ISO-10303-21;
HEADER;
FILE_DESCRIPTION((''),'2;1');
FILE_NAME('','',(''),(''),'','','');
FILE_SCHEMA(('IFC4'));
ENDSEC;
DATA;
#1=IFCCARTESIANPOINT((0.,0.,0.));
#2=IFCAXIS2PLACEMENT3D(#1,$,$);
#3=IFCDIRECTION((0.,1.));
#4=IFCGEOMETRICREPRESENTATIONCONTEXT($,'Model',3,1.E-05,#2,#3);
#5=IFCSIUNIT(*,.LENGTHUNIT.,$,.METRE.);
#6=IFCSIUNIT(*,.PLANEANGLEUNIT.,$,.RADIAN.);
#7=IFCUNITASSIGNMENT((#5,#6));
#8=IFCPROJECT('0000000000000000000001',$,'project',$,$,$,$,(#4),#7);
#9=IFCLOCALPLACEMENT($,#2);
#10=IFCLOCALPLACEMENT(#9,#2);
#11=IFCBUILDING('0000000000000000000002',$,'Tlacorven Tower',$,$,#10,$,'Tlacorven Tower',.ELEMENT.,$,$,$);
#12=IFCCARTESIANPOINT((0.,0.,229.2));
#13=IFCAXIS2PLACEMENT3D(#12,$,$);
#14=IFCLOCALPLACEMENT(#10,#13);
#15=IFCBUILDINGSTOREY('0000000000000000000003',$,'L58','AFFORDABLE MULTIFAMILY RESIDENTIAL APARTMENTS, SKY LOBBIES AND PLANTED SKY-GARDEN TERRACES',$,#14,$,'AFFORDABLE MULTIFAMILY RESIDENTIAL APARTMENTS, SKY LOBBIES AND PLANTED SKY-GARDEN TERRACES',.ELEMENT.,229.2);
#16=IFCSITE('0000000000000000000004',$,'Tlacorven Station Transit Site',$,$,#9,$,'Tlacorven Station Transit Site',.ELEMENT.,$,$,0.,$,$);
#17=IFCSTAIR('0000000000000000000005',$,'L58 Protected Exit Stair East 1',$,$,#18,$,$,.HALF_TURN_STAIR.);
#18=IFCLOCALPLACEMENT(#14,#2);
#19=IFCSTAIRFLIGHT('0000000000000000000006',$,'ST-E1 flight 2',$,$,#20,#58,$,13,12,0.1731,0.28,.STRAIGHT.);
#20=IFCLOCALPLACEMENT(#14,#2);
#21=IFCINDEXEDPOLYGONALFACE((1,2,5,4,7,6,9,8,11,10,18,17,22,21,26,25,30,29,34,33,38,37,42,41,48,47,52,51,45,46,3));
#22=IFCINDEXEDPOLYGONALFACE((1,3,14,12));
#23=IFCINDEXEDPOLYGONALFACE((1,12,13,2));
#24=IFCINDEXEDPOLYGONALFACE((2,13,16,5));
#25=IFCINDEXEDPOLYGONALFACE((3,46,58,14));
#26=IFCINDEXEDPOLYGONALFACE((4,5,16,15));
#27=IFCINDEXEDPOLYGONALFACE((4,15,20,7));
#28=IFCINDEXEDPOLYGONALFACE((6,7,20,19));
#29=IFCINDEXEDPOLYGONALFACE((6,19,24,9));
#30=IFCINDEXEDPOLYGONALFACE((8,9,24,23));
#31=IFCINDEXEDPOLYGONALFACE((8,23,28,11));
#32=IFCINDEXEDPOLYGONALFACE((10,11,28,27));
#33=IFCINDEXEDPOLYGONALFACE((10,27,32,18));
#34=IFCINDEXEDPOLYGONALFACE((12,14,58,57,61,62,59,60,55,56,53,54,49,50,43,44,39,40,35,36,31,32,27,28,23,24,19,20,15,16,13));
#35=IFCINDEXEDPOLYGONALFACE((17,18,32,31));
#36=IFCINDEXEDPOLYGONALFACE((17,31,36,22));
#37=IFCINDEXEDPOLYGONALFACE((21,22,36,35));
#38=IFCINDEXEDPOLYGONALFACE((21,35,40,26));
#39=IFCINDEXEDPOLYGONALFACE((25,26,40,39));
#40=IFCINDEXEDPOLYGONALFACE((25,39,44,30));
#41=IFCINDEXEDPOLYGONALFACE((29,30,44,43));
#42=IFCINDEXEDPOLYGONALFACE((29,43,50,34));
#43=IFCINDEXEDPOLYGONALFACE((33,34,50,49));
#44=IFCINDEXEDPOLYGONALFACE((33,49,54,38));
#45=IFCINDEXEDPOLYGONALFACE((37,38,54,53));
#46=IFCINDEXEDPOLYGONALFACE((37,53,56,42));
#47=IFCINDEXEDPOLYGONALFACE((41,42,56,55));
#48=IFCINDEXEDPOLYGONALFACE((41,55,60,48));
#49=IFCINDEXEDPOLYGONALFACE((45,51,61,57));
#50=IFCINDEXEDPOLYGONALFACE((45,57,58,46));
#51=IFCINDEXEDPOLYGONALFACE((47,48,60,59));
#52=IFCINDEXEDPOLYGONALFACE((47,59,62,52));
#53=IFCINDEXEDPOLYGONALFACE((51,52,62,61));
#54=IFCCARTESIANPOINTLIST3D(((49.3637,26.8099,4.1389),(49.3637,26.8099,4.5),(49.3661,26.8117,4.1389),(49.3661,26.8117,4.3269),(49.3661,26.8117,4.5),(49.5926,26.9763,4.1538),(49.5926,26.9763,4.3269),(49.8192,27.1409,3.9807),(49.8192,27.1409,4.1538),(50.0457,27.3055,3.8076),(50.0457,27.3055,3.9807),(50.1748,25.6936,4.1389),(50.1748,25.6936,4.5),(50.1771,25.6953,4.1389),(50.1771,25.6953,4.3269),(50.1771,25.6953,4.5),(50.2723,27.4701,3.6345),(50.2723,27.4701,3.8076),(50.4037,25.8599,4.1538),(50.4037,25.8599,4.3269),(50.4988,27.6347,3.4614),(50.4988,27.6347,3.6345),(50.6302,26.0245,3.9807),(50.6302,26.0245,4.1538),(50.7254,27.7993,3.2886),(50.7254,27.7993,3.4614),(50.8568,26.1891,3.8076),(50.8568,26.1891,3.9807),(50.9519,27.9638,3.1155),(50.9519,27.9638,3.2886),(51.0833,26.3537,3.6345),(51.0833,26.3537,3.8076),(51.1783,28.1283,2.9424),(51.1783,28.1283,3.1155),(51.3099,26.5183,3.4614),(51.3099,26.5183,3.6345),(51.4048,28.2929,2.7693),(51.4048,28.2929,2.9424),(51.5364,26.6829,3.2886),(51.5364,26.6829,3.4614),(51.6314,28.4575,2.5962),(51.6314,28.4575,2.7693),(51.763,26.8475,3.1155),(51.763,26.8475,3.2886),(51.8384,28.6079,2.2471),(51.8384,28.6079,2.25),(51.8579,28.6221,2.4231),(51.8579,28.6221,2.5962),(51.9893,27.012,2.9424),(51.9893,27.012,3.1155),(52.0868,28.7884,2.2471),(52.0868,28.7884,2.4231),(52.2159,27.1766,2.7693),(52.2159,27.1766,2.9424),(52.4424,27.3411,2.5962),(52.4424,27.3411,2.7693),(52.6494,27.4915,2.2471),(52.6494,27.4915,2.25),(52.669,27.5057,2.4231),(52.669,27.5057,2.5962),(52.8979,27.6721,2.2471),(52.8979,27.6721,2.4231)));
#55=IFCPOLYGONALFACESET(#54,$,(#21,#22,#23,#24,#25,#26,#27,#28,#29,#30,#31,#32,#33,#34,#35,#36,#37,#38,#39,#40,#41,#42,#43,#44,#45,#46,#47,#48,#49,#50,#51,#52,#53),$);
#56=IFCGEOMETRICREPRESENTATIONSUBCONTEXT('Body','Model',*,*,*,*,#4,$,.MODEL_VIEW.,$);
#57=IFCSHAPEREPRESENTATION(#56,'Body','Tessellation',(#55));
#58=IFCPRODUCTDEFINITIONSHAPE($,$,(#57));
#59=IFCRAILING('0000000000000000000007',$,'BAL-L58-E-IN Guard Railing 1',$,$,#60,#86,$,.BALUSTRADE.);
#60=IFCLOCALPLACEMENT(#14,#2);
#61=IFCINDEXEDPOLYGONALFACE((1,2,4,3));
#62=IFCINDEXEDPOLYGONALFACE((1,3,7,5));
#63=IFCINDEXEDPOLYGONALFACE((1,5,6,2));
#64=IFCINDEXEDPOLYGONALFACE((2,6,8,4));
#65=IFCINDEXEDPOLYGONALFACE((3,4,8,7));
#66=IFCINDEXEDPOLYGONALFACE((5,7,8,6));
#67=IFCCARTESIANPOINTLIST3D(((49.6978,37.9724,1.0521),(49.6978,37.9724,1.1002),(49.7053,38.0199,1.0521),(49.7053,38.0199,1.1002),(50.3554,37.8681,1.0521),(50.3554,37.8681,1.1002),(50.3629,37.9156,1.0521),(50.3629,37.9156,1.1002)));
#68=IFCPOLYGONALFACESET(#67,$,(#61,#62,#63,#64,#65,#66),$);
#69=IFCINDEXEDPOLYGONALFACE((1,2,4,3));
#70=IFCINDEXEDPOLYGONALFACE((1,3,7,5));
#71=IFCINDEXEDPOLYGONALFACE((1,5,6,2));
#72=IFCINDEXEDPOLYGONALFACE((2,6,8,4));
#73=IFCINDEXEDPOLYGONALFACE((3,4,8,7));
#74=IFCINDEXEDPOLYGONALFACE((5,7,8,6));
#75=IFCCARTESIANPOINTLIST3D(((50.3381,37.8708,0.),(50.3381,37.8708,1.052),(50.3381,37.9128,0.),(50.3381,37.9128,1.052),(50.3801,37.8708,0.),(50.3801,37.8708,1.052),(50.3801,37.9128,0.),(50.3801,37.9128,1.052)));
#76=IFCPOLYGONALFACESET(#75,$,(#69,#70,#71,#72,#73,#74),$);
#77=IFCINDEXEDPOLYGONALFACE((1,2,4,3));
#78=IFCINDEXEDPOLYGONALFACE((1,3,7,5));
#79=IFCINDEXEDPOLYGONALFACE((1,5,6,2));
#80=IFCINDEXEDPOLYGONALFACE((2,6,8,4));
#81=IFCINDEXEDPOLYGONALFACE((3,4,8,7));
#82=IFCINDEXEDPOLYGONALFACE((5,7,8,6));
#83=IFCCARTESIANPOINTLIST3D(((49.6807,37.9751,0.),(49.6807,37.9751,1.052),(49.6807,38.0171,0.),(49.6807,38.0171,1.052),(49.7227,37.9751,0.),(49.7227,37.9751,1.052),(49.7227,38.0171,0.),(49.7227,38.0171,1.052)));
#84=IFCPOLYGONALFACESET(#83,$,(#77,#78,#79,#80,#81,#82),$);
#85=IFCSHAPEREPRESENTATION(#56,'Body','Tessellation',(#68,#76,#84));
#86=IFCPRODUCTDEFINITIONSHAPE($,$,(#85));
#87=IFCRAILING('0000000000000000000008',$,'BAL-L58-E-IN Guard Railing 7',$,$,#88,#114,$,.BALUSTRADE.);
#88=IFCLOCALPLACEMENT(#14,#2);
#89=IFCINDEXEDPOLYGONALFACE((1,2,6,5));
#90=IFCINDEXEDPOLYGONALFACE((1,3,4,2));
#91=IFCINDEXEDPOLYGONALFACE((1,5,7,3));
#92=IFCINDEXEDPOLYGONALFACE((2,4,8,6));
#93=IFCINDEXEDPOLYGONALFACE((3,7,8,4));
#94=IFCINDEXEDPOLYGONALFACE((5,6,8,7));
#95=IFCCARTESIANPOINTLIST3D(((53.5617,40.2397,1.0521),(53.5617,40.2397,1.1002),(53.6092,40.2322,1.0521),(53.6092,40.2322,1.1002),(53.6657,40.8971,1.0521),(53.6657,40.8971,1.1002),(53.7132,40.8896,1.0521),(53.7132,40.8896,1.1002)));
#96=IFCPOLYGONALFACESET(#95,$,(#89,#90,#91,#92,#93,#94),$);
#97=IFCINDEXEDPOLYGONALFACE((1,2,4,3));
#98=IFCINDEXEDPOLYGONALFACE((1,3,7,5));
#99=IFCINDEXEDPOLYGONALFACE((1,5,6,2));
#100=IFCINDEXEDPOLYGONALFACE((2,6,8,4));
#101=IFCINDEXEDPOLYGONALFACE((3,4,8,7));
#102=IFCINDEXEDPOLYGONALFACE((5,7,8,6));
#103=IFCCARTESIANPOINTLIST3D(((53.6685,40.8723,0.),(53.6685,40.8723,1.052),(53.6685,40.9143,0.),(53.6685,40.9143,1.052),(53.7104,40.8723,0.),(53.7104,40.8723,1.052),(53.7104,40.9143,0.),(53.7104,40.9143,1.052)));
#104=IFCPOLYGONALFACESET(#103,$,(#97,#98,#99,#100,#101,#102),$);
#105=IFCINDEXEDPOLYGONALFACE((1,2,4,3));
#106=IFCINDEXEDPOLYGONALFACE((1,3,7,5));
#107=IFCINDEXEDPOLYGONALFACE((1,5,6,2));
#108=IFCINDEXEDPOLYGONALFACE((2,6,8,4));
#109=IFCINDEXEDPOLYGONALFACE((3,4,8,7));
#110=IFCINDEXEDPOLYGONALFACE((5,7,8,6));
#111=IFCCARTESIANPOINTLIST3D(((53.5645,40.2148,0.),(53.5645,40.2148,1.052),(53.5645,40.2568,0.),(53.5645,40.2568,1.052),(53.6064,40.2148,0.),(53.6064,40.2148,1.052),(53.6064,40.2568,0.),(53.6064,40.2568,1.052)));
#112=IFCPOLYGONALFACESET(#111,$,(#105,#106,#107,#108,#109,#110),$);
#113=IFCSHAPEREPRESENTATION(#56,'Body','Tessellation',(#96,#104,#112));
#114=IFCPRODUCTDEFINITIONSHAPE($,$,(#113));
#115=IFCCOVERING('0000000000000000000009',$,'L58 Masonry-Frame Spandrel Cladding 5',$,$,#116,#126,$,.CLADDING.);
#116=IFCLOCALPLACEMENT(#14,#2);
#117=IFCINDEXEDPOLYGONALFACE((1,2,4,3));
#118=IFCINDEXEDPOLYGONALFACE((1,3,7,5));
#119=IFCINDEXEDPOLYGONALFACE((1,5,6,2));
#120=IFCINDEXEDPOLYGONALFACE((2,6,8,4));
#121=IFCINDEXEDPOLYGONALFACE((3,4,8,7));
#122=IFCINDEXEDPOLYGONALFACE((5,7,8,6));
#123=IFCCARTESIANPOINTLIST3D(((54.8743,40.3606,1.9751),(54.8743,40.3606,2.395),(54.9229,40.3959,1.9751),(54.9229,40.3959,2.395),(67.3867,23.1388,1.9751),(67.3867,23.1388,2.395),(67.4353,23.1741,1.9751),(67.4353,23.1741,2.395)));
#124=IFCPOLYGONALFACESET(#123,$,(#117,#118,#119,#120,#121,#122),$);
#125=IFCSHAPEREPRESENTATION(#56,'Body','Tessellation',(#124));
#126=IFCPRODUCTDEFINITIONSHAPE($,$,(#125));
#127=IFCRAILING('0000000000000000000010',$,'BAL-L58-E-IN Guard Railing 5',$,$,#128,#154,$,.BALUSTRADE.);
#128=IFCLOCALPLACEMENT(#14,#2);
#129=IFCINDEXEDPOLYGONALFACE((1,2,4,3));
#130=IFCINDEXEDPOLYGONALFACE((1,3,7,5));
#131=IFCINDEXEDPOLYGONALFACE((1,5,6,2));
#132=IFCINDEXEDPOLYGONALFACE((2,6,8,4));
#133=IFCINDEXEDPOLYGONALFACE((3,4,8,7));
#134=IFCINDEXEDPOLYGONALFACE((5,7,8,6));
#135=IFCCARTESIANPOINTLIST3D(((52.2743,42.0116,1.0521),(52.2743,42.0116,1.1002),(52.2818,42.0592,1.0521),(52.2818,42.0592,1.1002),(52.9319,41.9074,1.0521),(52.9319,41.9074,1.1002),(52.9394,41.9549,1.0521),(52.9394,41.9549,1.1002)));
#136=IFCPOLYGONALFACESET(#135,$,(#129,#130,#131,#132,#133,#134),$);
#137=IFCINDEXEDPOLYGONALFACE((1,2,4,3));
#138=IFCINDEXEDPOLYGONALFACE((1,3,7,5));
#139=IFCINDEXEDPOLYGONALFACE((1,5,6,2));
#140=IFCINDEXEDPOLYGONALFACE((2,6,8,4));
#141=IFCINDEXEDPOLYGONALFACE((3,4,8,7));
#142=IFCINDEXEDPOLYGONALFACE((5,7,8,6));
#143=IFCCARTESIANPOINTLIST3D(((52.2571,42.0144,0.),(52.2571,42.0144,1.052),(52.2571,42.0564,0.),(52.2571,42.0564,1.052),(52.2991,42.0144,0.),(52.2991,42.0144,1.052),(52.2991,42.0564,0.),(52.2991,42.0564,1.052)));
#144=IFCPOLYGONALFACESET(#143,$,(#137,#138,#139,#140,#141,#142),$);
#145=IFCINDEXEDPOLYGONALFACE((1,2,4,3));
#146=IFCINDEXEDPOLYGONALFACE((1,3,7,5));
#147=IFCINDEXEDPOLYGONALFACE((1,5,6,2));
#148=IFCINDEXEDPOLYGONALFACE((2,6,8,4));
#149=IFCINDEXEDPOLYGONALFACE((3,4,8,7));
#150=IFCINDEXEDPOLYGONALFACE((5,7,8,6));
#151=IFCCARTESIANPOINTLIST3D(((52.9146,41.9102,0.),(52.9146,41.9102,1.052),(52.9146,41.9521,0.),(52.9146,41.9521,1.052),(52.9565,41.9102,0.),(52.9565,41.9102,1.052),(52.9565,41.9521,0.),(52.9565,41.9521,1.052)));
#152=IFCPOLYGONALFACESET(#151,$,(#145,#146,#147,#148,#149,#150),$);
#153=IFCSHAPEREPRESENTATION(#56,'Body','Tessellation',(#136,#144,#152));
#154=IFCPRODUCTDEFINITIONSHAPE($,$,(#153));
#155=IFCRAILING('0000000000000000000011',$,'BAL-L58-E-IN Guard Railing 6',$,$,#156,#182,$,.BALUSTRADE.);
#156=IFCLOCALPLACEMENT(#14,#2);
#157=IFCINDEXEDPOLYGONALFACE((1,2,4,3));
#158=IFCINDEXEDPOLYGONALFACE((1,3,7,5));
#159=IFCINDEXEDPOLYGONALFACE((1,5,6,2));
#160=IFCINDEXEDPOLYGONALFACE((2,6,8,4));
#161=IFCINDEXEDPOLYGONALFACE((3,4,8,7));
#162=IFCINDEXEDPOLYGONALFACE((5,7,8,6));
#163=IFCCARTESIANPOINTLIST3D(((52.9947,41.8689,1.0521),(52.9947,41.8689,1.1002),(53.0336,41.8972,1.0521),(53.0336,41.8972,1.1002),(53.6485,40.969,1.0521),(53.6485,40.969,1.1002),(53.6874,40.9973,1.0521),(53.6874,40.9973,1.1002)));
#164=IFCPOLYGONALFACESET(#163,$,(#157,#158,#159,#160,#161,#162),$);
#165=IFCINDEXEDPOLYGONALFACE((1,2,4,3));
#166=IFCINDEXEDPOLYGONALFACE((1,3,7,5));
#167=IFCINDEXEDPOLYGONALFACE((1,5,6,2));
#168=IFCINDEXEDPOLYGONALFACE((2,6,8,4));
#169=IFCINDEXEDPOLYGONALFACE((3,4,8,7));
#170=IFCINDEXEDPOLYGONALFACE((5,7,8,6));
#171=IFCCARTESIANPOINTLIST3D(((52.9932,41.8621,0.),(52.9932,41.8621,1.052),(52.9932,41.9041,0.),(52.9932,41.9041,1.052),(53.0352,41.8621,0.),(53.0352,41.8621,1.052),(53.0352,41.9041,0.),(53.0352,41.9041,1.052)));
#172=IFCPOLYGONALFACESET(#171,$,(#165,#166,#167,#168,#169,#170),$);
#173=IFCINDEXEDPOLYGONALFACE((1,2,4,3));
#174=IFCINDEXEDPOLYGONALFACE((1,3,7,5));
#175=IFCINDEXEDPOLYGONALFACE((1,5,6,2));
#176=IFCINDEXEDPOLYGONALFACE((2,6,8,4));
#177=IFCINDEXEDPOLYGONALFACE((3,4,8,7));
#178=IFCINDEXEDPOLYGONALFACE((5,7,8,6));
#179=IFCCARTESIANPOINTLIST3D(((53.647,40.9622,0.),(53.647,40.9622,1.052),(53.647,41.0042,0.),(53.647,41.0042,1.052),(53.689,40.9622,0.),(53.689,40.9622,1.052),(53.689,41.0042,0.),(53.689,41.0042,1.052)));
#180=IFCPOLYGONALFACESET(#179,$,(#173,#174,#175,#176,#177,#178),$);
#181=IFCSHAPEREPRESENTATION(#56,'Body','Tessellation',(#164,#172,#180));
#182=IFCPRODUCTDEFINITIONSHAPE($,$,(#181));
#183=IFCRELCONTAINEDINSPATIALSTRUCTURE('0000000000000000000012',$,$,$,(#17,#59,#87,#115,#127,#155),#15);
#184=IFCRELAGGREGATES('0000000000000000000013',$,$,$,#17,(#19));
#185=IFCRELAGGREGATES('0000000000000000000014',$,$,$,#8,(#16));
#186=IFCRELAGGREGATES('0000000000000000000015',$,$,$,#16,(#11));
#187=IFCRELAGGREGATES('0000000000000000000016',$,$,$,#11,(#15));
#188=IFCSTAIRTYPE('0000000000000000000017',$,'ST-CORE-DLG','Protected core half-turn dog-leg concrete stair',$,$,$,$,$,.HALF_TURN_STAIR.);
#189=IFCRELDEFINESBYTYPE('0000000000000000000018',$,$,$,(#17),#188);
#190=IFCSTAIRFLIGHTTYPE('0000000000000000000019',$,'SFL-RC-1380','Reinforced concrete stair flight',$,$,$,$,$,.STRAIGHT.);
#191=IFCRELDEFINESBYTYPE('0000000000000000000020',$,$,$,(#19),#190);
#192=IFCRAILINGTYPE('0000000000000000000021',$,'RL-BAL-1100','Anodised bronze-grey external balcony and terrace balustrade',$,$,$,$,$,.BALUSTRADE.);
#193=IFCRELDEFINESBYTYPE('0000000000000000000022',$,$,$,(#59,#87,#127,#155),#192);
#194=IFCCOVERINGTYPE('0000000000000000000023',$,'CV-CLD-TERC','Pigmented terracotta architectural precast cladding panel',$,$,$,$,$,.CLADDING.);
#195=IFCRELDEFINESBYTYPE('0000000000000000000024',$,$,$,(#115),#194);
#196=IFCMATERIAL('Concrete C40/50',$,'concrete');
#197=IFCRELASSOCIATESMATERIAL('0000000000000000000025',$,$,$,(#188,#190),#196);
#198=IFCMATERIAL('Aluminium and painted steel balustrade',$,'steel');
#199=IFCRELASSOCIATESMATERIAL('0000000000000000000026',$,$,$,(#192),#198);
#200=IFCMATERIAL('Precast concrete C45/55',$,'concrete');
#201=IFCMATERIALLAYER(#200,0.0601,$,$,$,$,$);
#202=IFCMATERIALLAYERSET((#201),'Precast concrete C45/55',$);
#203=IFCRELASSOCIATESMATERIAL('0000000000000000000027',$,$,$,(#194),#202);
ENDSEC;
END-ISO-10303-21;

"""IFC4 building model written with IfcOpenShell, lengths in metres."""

from ifc_helpers import new_model, si_unit, direction, frame, origin, origin_2d, place, context, subcontext, project, spatial, polyline, rectangle, outline, extrude, source, transform, mapped, material, layer, layer_set, type_object, element, aggregate, save


model = new_model("IFC4")

# Units and contexts
model_context = context("Model", 3, precision=1e-05, world=origin(), true_north=direction((0.0, 1.0)))
body_context = subcontext(model_context, "Body", "Model", "MODEL_VIEW")
ifc_project = project(units=[si_unit("LENGTHUNIT", "METRE"), si_unit("PLANEANGLEUNIT", "RADIAN")], contexts=[model_context])

# Site, building, storey
site_placement = place(None, origin())
site = spatial("IfcSite", under=ifc_project, at=site_placement, Name="Tlacorven Station Transit Site", LongName="Tlacorven Station Transit Site", CompositionType="ELEMENT", RefElevation=0.0)
building_placement = place(site_placement, origin())
building = spatial("IfcBuilding", under=site, at=building_placement, Name="Tlacorven Tower", LongName="Tlacorven Tower", CompositionType="ELEMENT")
storey_placement = place(building_placement, frame((0.0, 0.0, 229.2)))
storey = spatial("IfcBuildingStorey", under=building, at=storey_placement, Name="L58", Description="AFFORDABLE MULTIFAMILY RESIDENTIAL APARTMENTS, SKY LOBBIES AND PLANTED SKY-GARDEN TERRACES", LongName="AFFORDABLE MULTIFAMILY RESIDENTIAL APARTMENTS, SKY LOBBIES AND PLANTED SKY-GARDEN TERRACES", CompositionType="ELEMENT", Elevation=229.2)

# Shared definitions
ifc_material_1 = material(Name="Precast concrete C45/55", Category="concrete")

# Stair, stair flight
ifc_material_2 = material(Name="Concrete C40/50", Category="concrete")
stair_type = type_object("IfcStairType", Name="ST-CORE-DLG", Description="Protected core half-turn dog-leg concrete stair", PredefinedType="HALF_TURN_STAIR", material=ifc_material_2)
stair_placement = place(storey_placement, origin())
stair = element("IfcStair", 1, at=stair_placement, inside=storey, type_object=stair_type, Name="L58 Protected Exit Stair East 1", PredefinedType="HALF_TURN_STAIR")
stair_flight_type = type_object("IfcStairFlightType", Name="SFL-RC-1380", Description="Reinforced concrete stair flight", PredefinedType="STRAIGHT", material=ifc_material_2)
shared_shape_1 = source(origin(), body_context, "Body", "SweptSolid", [
    extrude(outline(polyline([(-0.0029, -0.0029), (-0.0029, 0.1731), (0.28, 0.1731), (0.28, 0.3462), (0.5601, 0.3462), (0.5601, 0.5193), (0.8401, 0.5193), (0.8401, 0.6924), (1.1201, 0.6924), (1.1201, 0.8655), (1.3999, 0.8655), (1.3999, 1.0386), (1.6799, 1.0386), (1.6799, 1.2114), (1.96, 1.2114), (1.96, 1.3845), (2.24, 1.3845), (2.24, 1.5576), (2.52, 1.5576), (2.52, 1.7307), (2.8, 1.7307), (2.8, 1.9038), (3.0801, 1.9038), (3.0801, 2.0769), (3.3601, 2.0769), (3.3601, 2.25), (3.363, 2.25), (3.363, 1.8889), (3.3601, 1.8889), (0.3042, 0.0), (0.3042, -0.0029), (-0.0029, -0.0029)])), frame((0.0, 0.6899, 0.0), z_axis=(0.0, -1.0, 0.0), x_axis=(1.0, 0.0, 0.0)), (0.0, 0.0, 1.0), 1.3799),
])
stair_flight_placement = place(storey_placement, frame((52.49, 28.2285, 2.25), z_axis=(0.0, 0.0, 1.0), x_axis=(-0.809017, -0.587785, 0.0)))
stair_flight = element("IfcStairFlight", 2, at=stair_flight_placement, type_object=stair_flight_type, Name="ST-E1 flight 2", NumberOfRisers=13, NumberOfTreads=12, PredefinedType="STRAIGHT", RiserHeight=0.1731, TreadLength=0.28, context=body_context, shape_type="MappedRepresentation", body=[
    mapped(shared_shape_1, transform((0.0, 0.0, 0.0), scale=1.0)),
])
aggregate(stair, [stair_flight])

# Railings
ifc_material_3 = material(Name="Aluminium and painted steel balustrade", Category="steel")
railing_type_1 = type_object("IfcRailingType", Name="RL-BAL-1100", Description="Anodised bronze-grey external balcony and terrace balustrade", PredefinedType="BALUSTRADE", material=ifc_material_3)
shared_shape_2 = source(origin(), body_context, "Body", "SweptSolid", [
    extrude(rectangle(XDim=0.0481, YDim=0.0481, at=origin_2d()), frame((0.0, 0.0, 1.0762), z_axis=(-0.987662, 0.156603, 0.0), x_axis=(-0.156603, -0.987662, 0.0)), (0.0, 0.0, 1.0), 0.6658),
    extrude(rectangle(XDim=0.042, YDim=0.042, at=origin_2d()), origin(), (0.0, 0.0, 1.0), 1.052),
    extrude(rectangle(XDim=0.042, YDim=0.042, at=origin_2d()), frame((-0.6575, 0.1042, 0.0)), (0.0, 0.0, 1.0), 1.052),
])
railing_1_placement = place(storey_placement, frame((50.3591, 37.8918, 0.0)))
element("IfcRailing", 3, at=railing_1_placement, inside=storey, type_object=railing_type_1, Name="BAL-L58-E-IN Guard Railing 1", PredefinedType="BALUSTRADE", context=body_context, shape_type="MappedRepresentation", body=[
    mapped(shared_shape_2, transform((0.0, 0.0, 0.0), scale=1.0)),
])
shared_shape_3 = source(origin(), body_context, "Body", "SweptSolid", [
    extrude(rectangle(XDim=0.0481, YDim=0.0481, at=origin_2d()), frame((0.0, 0.0, 1.0762), z_axis=(-0.156245, -0.987718, 0.0), x_axis=(0.987718, -0.156245, 0.0)), (0.0, 0.0, 1.0), 0.6655),
    extrude(rectangle(XDim=0.042, YDim=0.042, at=origin_2d()), origin(), (0.0, 0.0, 1.0), 1.052),
    extrude(rectangle(XDim=0.042, YDim=0.042, at=origin_2d()), frame((-0.104, -0.6575, 0.0)), (0.0, 0.0, 1.0), 1.052),
])
railing_2_placement = place(storey_placement, frame((53.6895, 40.8933, 0.0)))
element("IfcRailing", 4, at=railing_2_placement, inside=storey, type_object=railing_type_1, Name="BAL-L58-E-IN Guard Railing 7", PredefinedType="BALUSTRADE", context=body_context, shape_type="MappedRepresentation", body=[
    mapped(shared_shape_3, transform((0.0, 0.0, 0.0), scale=1.0)),
])

# Covering
ifc_layer_1 = layer(ifc_material_1, 0.0601)
ifc_layer_set_1 = layer_set([ifc_layer_1], Name="Precast concrete C45/55")
covering_type = type_object("IfcCoveringType", Name="CV-CLD-TERC", Description="Pigmented terracotta architectural precast cladding panel", PredefinedType="CLADDING", material=ifc_layer_set_1)
shared_shape_4 = source(origin(), body_context, "Body", "SweptSolid", [
    extrude(rectangle(XDim=21.2874, YDim=0.0601, at=origin_2d()), origin(), (0.0, 0.0, 1.0), 0.4199),
])
covering_placement = place(storey_placement, frame((61.1548, 31.7673, 1.9751), z_axis=(0.0, 0.0, 1.0), x_axis=(0.587785, -0.809017, 0.0)))
element("IfcCovering", 5, at=covering_placement, inside=storey, type_object=covering_type, Name="L58 Masonry-Frame Spandrel Cladding 5", PredefinedType="CLADDING", context=body_context, shape_type="MappedRepresentation", body=[
    mapped(shared_shape_4, transform((0.0, 0.0, 0.0), scale=1.0)),
])

# Railings
shared_shape_5 = source(origin(), body_context, "Body", "SweptSolid", [
    extrude(rectangle(XDim=0.0481, YDim=0.0481, at=origin_2d()), frame((0.0, 0.0, 1.0762), z_axis=(0.987662, -0.156603, 0.0), x_axis=(0.156603, 0.987662, 0.0)), (0.0, 0.0, 1.0), 0.6658),
    extrude(rectangle(XDim=0.042, YDim=0.042, at=origin_2d()), origin(), (0.0, 0.0, 1.0), 1.052),
    extrude(rectangle(XDim=0.042, YDim=0.042, at=origin_2d()), frame((0.6575, -0.1042, 0.0)), (0.0, 0.0, 1.0), 1.052),
])
railing_3_placement = place(storey_placement, frame((52.2781, 42.0354, 0.0)))
element("IfcRailing", 6, at=railing_3_placement, inside=storey, type_object=railing_type_1, Name="BAL-L58-E-IN Guard Railing 5", PredefinedType="BALUSTRADE", context=body_context, shape_type="MappedRepresentation", body=[
    mapped(shared_shape_5, transform((0.0, 0.0, 0.0), scale=1.0)),
])
shared_shape_6 = source(origin(), body_context, "Body", "SweptSolid", [
    extrude(rectangle(XDim=0.0481, YDim=0.0481, at=origin_2d()), frame((0.0, 0.0, 1.0762), z_axis=(0.58778, -0.809021, 0.0), x_axis=(0.809021, 0.58778, 0.0)), (0.0, 0.0, 1.0), 1.1123),
    extrude(rectangle(XDim=0.042, YDim=0.042, at=origin_2d()), origin(), (0.0, 0.0, 1.0), 1.052),
    extrude(rectangle(XDim=0.042, YDim=0.042, at=origin_2d()), frame((0.6538, -0.8999, 0.0)), (0.0, 0.0, 1.0), 1.052),
])
railing_4_placement = place(storey_placement, frame((53.0142, 41.8831, 0.0)))
element("IfcRailing", 7, at=railing_4_placement, inside=storey, type_object=railing_type_1, Name="BAL-L58-E-IN Guard Railing 6", PredefinedType="BALUSTRADE", context=body_context, shape_type="MappedRepresentation", body=[
    mapped(shared_shape_6, transform((0.0, 0.0, 0.0), scale=1.0)),
])

save(model, "model.ifc")
